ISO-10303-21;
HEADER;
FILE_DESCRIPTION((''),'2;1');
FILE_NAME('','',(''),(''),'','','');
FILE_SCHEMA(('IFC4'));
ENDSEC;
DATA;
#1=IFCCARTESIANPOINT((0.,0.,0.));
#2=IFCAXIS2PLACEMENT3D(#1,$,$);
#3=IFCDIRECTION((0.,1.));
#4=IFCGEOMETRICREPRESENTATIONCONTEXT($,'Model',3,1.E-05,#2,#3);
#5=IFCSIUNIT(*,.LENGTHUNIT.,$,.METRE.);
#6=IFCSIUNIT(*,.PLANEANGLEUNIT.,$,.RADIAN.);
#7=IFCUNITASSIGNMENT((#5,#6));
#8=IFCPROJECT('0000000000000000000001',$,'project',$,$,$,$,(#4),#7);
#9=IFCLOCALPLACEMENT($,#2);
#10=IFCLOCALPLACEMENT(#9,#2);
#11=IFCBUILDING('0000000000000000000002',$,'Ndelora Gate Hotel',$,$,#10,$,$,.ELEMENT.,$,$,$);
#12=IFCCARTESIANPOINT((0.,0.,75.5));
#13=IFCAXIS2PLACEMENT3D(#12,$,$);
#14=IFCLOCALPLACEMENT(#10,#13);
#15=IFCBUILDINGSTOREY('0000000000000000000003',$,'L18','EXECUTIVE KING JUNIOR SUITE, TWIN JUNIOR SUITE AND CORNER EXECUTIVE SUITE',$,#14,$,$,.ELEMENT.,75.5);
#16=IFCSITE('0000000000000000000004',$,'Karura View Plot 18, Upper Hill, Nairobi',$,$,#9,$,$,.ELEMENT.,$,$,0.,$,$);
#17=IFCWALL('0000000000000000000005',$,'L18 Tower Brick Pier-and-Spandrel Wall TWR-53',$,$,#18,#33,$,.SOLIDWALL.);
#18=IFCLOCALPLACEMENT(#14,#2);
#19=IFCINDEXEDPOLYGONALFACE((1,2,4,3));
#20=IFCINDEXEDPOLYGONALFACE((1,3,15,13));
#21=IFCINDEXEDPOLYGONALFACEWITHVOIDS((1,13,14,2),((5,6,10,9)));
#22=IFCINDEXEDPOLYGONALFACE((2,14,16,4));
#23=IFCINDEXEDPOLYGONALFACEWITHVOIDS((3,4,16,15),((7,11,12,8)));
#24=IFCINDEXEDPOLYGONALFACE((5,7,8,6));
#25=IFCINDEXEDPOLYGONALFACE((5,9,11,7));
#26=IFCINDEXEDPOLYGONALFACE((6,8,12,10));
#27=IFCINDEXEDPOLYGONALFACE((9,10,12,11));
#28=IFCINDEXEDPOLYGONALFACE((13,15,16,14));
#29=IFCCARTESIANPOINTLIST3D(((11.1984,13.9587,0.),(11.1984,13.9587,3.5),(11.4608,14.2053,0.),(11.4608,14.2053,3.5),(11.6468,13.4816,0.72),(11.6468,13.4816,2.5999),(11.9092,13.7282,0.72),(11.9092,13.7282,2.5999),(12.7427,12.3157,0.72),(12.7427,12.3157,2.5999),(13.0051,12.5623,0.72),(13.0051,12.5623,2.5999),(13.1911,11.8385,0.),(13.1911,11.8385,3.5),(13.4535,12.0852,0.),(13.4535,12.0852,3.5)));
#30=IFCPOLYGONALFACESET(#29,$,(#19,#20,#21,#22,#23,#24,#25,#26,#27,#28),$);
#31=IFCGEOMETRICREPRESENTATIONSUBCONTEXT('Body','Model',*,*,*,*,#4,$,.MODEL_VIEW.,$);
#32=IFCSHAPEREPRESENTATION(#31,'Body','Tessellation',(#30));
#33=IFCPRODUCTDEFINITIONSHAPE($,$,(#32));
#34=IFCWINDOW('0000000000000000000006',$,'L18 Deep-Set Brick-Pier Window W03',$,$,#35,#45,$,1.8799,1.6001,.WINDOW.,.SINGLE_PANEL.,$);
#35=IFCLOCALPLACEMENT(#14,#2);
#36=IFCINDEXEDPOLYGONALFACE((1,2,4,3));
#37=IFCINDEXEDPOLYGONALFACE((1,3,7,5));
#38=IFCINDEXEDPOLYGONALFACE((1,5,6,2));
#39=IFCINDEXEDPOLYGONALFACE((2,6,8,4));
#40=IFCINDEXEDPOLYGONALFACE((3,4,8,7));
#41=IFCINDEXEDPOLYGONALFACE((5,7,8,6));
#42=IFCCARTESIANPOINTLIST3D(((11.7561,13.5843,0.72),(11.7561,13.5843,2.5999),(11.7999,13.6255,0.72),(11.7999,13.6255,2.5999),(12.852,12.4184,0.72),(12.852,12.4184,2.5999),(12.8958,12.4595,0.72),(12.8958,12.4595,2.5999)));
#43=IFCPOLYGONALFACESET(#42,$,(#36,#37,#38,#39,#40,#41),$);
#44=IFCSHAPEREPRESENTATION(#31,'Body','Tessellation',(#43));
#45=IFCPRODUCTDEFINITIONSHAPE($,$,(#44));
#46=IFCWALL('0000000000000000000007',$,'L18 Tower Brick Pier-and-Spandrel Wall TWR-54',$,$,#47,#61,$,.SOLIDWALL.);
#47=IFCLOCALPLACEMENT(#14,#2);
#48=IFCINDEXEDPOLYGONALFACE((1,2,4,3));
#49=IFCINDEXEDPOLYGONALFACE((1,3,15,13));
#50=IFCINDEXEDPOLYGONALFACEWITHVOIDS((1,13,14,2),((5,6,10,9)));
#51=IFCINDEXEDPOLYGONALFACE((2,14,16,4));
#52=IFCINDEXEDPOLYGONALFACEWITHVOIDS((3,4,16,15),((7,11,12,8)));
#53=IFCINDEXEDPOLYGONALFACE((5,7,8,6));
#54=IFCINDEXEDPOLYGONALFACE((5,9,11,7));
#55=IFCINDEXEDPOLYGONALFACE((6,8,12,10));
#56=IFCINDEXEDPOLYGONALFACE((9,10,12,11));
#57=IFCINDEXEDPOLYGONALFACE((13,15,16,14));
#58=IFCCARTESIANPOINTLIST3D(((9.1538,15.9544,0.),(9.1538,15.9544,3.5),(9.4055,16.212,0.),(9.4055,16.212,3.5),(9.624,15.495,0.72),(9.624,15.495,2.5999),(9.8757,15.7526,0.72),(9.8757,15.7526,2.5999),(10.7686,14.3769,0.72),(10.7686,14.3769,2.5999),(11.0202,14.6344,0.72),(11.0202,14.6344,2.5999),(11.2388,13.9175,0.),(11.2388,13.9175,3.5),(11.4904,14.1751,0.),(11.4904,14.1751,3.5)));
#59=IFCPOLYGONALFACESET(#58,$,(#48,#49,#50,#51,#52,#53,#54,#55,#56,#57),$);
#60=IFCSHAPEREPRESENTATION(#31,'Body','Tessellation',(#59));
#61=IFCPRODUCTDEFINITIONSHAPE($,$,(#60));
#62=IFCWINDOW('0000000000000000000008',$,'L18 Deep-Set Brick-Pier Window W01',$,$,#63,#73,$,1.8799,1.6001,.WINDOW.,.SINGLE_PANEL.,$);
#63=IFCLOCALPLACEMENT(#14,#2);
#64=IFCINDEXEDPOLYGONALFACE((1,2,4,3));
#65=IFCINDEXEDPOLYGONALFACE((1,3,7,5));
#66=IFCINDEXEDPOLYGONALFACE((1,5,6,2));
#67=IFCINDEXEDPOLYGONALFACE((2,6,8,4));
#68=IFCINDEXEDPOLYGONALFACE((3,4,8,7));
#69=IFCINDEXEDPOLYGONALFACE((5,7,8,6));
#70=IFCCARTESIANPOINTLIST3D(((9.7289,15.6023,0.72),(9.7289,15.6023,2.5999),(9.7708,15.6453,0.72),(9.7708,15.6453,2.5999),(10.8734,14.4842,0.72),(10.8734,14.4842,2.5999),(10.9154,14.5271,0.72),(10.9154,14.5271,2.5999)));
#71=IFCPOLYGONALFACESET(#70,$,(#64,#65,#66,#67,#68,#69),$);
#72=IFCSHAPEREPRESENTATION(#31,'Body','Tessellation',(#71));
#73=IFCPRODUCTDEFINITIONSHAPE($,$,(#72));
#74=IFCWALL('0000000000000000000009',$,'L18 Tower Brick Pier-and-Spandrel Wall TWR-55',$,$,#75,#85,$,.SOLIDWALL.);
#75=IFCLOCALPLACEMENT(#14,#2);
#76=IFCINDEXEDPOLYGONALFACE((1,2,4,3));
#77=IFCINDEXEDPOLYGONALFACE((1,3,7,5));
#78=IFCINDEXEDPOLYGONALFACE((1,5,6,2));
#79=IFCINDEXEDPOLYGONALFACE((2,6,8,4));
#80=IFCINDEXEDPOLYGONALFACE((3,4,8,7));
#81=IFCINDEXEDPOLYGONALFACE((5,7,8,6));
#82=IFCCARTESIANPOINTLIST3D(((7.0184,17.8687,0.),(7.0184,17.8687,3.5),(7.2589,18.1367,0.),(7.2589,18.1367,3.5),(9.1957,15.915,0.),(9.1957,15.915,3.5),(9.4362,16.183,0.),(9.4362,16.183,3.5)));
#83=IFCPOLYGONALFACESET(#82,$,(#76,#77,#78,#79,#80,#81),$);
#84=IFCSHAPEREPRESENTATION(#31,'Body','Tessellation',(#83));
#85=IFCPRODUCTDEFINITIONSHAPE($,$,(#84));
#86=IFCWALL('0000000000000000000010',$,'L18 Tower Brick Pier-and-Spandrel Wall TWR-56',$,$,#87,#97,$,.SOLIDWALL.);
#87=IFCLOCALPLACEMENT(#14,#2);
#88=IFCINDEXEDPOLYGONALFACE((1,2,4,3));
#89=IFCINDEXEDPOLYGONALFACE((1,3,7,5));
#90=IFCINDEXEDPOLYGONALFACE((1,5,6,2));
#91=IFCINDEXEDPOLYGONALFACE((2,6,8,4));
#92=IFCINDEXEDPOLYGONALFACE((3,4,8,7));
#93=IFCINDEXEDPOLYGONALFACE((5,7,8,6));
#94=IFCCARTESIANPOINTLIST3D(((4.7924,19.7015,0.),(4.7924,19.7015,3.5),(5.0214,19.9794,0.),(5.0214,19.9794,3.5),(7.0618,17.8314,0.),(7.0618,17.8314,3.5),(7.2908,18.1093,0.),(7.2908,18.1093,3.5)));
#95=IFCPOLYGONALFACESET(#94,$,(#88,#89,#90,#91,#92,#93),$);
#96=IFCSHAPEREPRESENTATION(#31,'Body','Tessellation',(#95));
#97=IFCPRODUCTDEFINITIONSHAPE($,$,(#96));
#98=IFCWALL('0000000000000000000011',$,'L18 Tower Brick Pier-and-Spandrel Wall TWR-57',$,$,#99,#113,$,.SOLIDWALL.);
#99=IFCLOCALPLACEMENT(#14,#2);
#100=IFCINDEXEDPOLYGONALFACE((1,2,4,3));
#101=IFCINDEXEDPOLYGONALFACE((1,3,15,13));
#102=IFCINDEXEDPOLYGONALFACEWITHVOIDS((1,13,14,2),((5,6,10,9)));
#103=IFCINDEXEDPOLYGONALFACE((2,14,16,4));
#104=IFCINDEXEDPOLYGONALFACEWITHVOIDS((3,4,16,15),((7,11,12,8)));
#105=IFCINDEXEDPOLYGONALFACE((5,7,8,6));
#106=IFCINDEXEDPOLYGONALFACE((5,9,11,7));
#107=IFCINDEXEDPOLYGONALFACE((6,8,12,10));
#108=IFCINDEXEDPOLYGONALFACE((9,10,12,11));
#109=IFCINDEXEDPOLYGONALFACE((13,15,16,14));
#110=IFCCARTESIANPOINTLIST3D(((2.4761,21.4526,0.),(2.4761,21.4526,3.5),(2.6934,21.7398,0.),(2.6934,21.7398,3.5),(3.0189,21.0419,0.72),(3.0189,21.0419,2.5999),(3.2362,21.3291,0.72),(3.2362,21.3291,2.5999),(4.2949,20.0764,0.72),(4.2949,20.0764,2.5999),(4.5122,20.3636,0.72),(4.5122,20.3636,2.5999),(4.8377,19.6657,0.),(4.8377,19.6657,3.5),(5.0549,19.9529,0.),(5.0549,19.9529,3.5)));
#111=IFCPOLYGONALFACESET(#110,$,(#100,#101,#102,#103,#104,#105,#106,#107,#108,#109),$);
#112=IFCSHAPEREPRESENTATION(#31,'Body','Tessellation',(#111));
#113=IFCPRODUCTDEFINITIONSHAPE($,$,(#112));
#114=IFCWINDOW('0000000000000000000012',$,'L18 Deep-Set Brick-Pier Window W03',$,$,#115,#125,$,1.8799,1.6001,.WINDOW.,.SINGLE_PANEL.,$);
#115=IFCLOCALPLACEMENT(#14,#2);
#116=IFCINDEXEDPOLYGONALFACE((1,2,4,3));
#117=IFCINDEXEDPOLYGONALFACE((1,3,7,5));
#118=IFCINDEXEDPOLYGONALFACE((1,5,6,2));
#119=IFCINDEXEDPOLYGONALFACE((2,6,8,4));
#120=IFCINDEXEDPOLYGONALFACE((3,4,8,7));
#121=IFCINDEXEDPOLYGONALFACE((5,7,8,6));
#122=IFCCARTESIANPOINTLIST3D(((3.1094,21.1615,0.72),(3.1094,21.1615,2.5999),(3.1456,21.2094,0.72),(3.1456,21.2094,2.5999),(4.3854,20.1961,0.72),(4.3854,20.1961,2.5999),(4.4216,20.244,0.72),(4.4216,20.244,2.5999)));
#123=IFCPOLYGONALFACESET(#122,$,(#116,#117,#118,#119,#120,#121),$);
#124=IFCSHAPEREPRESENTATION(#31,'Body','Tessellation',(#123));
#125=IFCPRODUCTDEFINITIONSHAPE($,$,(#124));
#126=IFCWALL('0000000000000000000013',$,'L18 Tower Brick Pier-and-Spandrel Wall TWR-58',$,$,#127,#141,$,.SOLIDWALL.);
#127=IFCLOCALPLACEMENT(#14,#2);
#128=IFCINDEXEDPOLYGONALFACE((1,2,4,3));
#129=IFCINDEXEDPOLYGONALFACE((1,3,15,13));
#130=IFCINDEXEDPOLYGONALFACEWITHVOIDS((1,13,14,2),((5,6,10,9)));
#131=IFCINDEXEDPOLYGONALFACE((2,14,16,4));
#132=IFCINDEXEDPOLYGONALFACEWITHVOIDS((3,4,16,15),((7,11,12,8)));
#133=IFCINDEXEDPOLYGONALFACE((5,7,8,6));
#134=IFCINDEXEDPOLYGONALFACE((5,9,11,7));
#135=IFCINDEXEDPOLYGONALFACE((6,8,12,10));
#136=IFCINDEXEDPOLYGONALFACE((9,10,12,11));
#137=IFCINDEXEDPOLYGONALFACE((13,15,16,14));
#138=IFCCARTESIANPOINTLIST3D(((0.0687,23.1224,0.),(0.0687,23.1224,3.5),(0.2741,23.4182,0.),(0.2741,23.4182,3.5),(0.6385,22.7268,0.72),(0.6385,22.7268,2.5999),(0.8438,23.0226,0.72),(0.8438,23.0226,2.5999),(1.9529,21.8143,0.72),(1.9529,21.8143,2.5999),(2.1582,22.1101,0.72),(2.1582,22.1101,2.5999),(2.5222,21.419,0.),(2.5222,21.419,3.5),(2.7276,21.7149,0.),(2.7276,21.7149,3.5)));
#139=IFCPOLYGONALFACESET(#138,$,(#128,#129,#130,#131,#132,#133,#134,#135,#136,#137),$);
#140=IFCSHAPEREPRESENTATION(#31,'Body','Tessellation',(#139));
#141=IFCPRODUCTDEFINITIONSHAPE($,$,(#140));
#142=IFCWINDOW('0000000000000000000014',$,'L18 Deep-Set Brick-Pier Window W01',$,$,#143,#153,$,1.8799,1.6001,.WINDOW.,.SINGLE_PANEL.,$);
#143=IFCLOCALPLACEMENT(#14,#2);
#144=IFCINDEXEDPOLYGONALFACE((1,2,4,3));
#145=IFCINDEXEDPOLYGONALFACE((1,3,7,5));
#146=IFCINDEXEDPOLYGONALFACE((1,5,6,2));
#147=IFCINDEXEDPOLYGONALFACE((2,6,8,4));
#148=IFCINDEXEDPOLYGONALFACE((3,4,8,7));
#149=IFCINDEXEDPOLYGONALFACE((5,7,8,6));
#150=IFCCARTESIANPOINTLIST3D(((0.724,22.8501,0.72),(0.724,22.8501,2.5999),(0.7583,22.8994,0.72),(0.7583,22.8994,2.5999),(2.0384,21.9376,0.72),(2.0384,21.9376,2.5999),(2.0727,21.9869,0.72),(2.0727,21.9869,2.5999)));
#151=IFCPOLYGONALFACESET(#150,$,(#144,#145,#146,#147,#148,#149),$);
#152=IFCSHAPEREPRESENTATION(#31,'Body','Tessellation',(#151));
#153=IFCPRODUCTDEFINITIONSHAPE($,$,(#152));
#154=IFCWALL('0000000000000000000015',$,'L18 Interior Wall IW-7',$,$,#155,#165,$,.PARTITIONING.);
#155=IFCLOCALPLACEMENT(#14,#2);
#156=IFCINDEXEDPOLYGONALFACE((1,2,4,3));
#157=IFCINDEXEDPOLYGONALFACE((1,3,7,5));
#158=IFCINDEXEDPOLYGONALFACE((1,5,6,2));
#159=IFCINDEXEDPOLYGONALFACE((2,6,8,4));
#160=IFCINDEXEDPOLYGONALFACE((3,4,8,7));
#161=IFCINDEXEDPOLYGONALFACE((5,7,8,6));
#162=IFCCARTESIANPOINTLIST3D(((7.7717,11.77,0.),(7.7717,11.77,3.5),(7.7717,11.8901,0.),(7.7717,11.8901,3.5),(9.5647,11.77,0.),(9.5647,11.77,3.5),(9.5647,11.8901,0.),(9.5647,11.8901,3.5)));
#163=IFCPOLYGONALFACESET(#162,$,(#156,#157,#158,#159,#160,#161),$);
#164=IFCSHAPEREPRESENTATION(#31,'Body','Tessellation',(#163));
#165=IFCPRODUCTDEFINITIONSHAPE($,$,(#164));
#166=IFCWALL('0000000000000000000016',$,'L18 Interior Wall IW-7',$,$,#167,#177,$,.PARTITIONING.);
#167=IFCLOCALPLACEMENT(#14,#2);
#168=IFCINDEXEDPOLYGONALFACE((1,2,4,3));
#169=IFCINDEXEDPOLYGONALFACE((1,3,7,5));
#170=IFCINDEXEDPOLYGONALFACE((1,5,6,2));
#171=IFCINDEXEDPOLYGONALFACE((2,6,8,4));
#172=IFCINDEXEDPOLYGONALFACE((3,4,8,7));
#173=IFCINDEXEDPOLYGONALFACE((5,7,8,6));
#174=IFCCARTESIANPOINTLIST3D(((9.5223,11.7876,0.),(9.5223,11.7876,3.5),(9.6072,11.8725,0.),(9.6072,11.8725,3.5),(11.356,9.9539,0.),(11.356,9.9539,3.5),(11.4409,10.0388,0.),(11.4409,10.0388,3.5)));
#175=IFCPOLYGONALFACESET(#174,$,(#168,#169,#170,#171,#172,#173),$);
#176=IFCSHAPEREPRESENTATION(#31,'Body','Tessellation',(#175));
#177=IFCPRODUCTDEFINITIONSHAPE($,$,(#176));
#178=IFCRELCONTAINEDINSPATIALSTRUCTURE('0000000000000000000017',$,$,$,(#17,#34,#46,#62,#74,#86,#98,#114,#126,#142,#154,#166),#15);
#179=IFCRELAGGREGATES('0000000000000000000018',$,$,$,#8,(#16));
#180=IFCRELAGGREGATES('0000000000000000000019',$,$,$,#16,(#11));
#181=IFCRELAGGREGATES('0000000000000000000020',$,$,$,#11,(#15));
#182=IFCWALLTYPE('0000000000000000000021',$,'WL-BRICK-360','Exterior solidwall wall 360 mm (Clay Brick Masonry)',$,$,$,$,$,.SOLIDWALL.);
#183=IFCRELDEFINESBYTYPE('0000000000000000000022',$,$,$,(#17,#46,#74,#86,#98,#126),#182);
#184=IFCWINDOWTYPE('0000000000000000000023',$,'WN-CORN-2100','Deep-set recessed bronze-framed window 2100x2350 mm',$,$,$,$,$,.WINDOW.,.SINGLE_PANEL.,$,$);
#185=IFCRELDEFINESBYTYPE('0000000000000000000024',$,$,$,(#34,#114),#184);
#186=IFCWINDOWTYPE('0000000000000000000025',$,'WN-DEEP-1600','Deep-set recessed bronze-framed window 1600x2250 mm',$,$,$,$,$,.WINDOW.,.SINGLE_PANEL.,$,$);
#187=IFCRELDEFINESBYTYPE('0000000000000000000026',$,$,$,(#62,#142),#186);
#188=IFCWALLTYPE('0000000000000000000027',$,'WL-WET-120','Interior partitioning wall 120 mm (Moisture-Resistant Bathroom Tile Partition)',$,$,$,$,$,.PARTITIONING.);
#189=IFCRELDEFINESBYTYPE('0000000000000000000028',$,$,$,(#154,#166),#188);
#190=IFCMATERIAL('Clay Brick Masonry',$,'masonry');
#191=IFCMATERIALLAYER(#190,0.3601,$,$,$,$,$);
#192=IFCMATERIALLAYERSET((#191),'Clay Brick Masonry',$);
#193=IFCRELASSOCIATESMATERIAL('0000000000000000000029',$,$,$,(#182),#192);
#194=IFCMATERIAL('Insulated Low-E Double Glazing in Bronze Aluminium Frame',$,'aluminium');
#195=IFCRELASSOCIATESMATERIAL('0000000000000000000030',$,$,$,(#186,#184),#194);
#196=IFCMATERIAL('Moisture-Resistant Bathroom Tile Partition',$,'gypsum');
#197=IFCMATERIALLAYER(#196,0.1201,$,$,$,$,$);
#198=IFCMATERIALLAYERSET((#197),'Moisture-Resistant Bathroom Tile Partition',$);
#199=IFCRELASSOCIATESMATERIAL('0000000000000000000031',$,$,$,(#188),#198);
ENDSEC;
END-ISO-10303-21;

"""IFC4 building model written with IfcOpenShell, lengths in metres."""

from ifc_helpers import new_model, si_unit, direction, frame, frame_2d, origin, place, context, subcontext, project, spatial, rectangle, extrude, material, layer, layer_set, type_object, element, fill, save


model = new_model("IFC4")

# Units and contexts
model_context = context("Model", 3, precision=1e-05, world=origin(), true_north=direction((0.0, 1.0)))
body_context = subcontext(model_context, "Body", "Model", "MODEL_VIEW")
ifc_project = project(units=[si_unit("LENGTHUNIT", "METRE"), si_unit("PLANEANGLEUNIT", "RADIAN")], contexts=[model_context])

# Site, building, storey
site_placement = place(None, origin())
site = spatial("IfcSite", under=ifc_project, at=site_placement, Name="Karura View Plot 18, Upper Hill, Nairobi", CompositionType="ELEMENT", RefElevation=0.0)
building_placement = place(site_placement, origin())
building = spatial("IfcBuilding", under=site, at=building_placement, Name="Ndelora Gate Hotel", CompositionType="ELEMENT")
storey_placement = place(building_placement, frame((0.0, 0.0, 75.5)))
storey = spatial("IfcBuildingStorey", under=building, at=storey_placement, Name="L18", Description="EXECUTIVE KING JUNIOR SUITE, TWIN JUNIOR SUITE AND CORNER EXECUTIVE SUITE", CompositionType="ELEMENT", Elevation=75.5)

# Shared definitions
ifc_material_1 = material(Name="Clay Brick Masonry", Category="masonry")
ifc_layer_1 = layer(ifc_material_1, 0.3601)
ifc_layer_set_1 = layer_set([ifc_layer_1], Name="Clay Brick Masonry")
wall_type_1 = type_object("IfcWallType", Name="WL-BRICK-360", Description="Exterior solidwall wall 360 mm (Clay Brick Masonry)", PredefinedType="SOLIDWALL", material=ifc_layer_set_1)
ifc_material_2 = material(Name="Insulated Low-E Double Glazing in Bronze Aluminium Frame", Category="aluminium")
window_type_1 = type_object("IfcWindowType", Name="WN-DEEP-1600", Description="Deep-set recessed bronze-framed window 1600x2250 mm", PartitioningType="SINGLE_PANEL", PredefinedType="WINDOW", material=ifc_material_2)

# Walls, openings, windows
wall_1_placement = place(storey_placement, frame((11.3296, 14.082, 0.0), z_axis=(0.0, 0.0, 1.0), x_axis=(0.684867, -0.728668, 0.0)))
wall_1 = element("IfcWall", 1, at=wall_1_placement, inside=storey, type_object=wall_type_1, Name="L18 Tower Brick Pier-and-Spandrel Wall TWR-53", PredefinedType="SOLIDWALL", context=body_context, shape_type="SweptSolid", body=[
    extrude(rectangle(XDim=2.9097, YDim=0.3601, at=frame_2d((1.4548, 0.0))), origin(), (0.0, 0.0, 1.0), 3.5),
])
opening_1_placement = place(wall_1_placement, frame((0.6548, 0.0, 0.72)))
opening_1 = element("IfcOpeningElement", 2, at=opening_1_placement, cuts=wall_1, PredefinedType="OPENING", context=body_context, shape_type="SweptSolid", body=[
    extrude(rectangle(XDim=1.6001, YDim=1.8799, at=frame_2d((0.8, 0.9399))), frame((0.0, 0.1899, 0.0), z_axis=(0.0, -1.0, 0.0), x_axis=(1.0, 0.0, 0.0)), (0.0, 0.0, 1.0), 0.3801),
])
window_type_2 = type_object("IfcWindowType", Name="WN-CORN-2100", Description="Deep-set recessed bronze-framed window 2100x2350 mm", PartitioningType="SINGLE_PANEL", PredefinedType="WINDOW", material=ifc_material_2)
window_1_placement = place(opening_1_placement, origin())
window_1 = element("IfcWindow", 3, at=window_1_placement, inside=storey, type_object=window_type_2, Name="L18 Deep-Set Brick-Pier Window W03", OverallHeight=1.8799, OverallWidth=1.6001, PartitioningType="SINGLE_PANEL", PredefinedType="WINDOW", context=body_context, shape_type="SweptSolid", body=[
    extrude(rectangle(XDim=1.6001, YDim=1.8799, at=frame_2d((0.8, 0.9399))), frame((0.0, 0.03, 0.0), z_axis=(0.0, -1.0, 0.0), x_axis=(1.0, 0.0, 0.0)), (0.0, 0.0, 1.0), 0.0601),
])
fill(opening_1, window_1)
wall_2_placement = place(storey_placement, frame((9.2795, 16.0833, 0.0), z_axis=(0.0, 0.0, 1.0), x_axis=(0.715309, -0.698808, 0.0)))
wall_2 = element("IfcWall", 4, at=wall_2_placement, inside=storey, type_object=wall_type_1, Name="L18 Tower Brick Pier-and-Spandrel Wall TWR-54", PredefinedType="SOLIDWALL", context=body_context, shape_type="SweptSolid", body=[
    extrude(rectangle(XDim=2.9148, YDim=0.3601, at=frame_2d((1.4575, 0.0))), origin(), (0.0, 0.0, 1.0), 3.5),
])
opening_2_placement = place(wall_2_placement, frame((0.6575, 0.0, 0.72)))
opening_2 = element("IfcOpeningElement", 5, at=opening_2_placement, cuts=wall_2, PredefinedType="OPENING", context=body_context, shape_type="SweptSolid", body=[
    extrude(rectangle(XDim=1.6001, YDim=1.8799, at=frame_2d((0.8, 0.9399))), frame((0.0, 0.1899, 0.0), z_axis=(0.0, -1.0, 0.0), x_axis=(1.0, 0.0, 0.0)), (0.0, 0.0, 1.0), 0.3801),
])
window_2_placement = place(opening_2_placement, origin())
window_2 = element("IfcWindow", 6, at=window_2_placement, inside=storey, type_object=window_type_1, Name="L18 Deep-Set Brick-Pier Window W01", OverallHeight=1.8799, OverallWidth=1.6001, PartitioningType="SINGLE_PANEL", PredefinedType="WINDOW", context=body_context, shape_type="SweptSolid", body=[
    extrude(rectangle(XDim=1.6001, YDim=1.8799, at=frame_2d((0.8, 0.9399))), frame((0.0, 0.03, 0.0), z_axis=(0.0, -1.0, 0.0), x_axis=(1.0, 0.0, 0.0)), (0.0, 0.0, 1.0), 0.0601),
])
fill(opening_2, window_2)

# Walls
wall_3_placement = place(storey_placement, frame((7.1387, 18.0027, 0.0), z_axis=(0.0, 0.0, 1.0), x_axis=(0.744298, -0.667848, 0.0)))
element("IfcWall", 7, at=wall_3_placement, inside=storey, type_object=wall_type_1, Name="L18 Tower Brick Pier-and-Spandrel Wall TWR-55", PredefinedType="SOLIDWALL", context=body_context, shape_type="SweptSolid", body=[
    extrude(rectangle(XDim=2.9253, YDim=0.3601, at=frame_2d((1.4626, 0.0))), origin(), (0.0, 0.0, 1.0), 3.5),
])
wall_4_placement = place(storey_placement, frame((4.907, 19.8403, 0.0), z_axis=(0.0, 0.0, 1.0), x_axis=(0.771748, -0.635928, 0.0)))
element("IfcWall", 8, at=wall_4_placement, inside=storey, type_object=wall_type_1, Name="L18 Tower Brick Pier-and-Spandrel Wall TWR-56", PredefinedType="SOLIDWALL", context=body_context, shape_type="SweptSolid", body=[
    extrude(rectangle(XDim=2.9407, YDim=0.3601, at=frame_2d((1.4702, 0.0))), origin(), (0.0, 0.0, 1.0), 3.5),
])

# Walls, openings, windows
wall_5_placement = place(storey_placement, frame((2.5847, 21.5962, 0.0), z_axis=(0.0, 0.0, 1.0), x_axis=(0.79745, -0.603385, 0.0)))
wall_5 = element("IfcWall", 9, at=wall_5_placement, inside=storey, type_object=wall_type_1, Name="L18 Tower Brick Pier-and-Spandrel Wall TWR-57", PredefinedType="SOLIDWALL", context=body_context, shape_type="SweptSolid", body=[
    extrude(rectangle(XDim=2.9614, YDim=0.3601, at=frame_2d((1.4807, 0.0))), origin(), (0.0, 0.0, 1.0), 3.5),
])
opening_3_placement = place(wall_5_placement, frame((0.6807, 0.0, 0.72)))
opening_3 = element("IfcOpeningElement", 10, at=opening_3_placement, cuts=wall_5, PredefinedType="OPENING", context=body_context, shape_type="SweptSolid", body=[
    extrude(rectangle(XDim=1.6001, YDim=1.8799, at=frame_2d((0.8, 0.9399))), frame((0.0, 0.1899, 0.0), z_axis=(0.0, -1.0, 0.0), x_axis=(1.0, 0.0, 0.0)), (0.0, 0.0, 1.0), 0.3801),
])
window_3_placement = place(opening_3_placement, origin())
window_3 = element("IfcWindow", 11, at=window_3_placement, inside=storey, type_object=window_type_2, Name="L18 Deep-Set Brick-Pier Window W03", OverallHeight=1.8799, OverallWidth=1.6001, PartitioningType="SINGLE_PANEL", PredefinedType="WINDOW", context=body_context, shape_type="SweptSolid", body=[
    extrude(rectangle(XDim=1.6001, YDim=1.8799, at=frame_2d((0.8, 0.9399))), frame((0.0, 0.03, 0.0), z_axis=(0.0, -1.0, 0.0), x_axis=(1.0, 0.0, 0.0)), (0.0, 0.0, 1.0), 0.0601),
])
fill(opening_3, window_3)
wall_6_placement = place(storey_placement, frame((0.1714, 23.2703, 0.0), z_axis=(0.0, 0.0, 1.0), x_axis=(0.821453, -0.570276, 0.0)))
wall_6 = element("IfcWall", 12, at=wall_6_placement, inside=storey, type_object=wall_type_1, Name="L18 Tower Brick Pier-and-Spandrel Wall TWR-58", PredefinedType="SOLIDWALL", context=body_context, shape_type="SweptSolid", body=[
    extrude(rectangle(XDim=2.9868, YDim=0.3601, at=frame_2d((1.4934, 0.0))), origin(), (0.0, 0.0, 1.0), 3.5),
])
opening_4_placement = place(wall_6_placement, frame((0.6936, 0.0, 0.72)))
opening_4 = element("IfcOpeningElement", 13, at=opening_4_placement, cuts=wall_6, PredefinedType="OPENING", context=body_context, shape_type="SweptSolid", body=[
    extrude(rectangle(XDim=1.6001, YDim=1.8799, at=frame_2d((0.8, 0.9399))), frame((0.0, 0.1899, 0.0), z_axis=(0.0, -1.0, 0.0), x_axis=(1.0, 0.0, 0.0)), (0.0, 0.0, 1.0), 0.3801),
])
window_4_placement = place(opening_4_placement, origin())
window_4 = element("IfcWindow", 14, at=window_4_placement, inside=storey, type_object=window_type_1, Name="L18 Deep-Set Brick-Pier Window W01", OverallHeight=1.8799, OverallWidth=1.6001, PartitioningType="SINGLE_PANEL", PredefinedType="WINDOW", context=body_context, shape_type="SweptSolid", body=[
    extrude(rectangle(XDim=1.6001, YDim=1.8799, at=frame_2d((0.8, 0.9399))), frame((0.0, 0.03, 0.0), z_axis=(0.0, -1.0, 0.0), x_axis=(1.0, 0.0, 0.0)), (0.0, 0.0, 1.0), 0.0601),
])
fill(opening_4, window_4)

# Walls
ifc_material_3 = material(Name="Moisture-Resistant Bathroom Tile Partition", Category="gypsum")
ifc_layer_2 = layer(ifc_material_3, 0.1201)
ifc_layer_set_2 = layer_set([ifc_layer_2], Name="Moisture-Resistant Bathroom Tile Partition")
wall_type_2 = type_object("IfcWallType", Name="WL-WET-120", Description="Interior partitioning wall 120 mm (Moisture-Resistant Bathroom Tile Partition)", PredefinedType="PARTITIONING", material=ifc_layer_set_2)
wall_7_placement = place(storey_placement, frame((7.7717, 11.8301, 0.0), z_axis=(0.0, 0.0, 1.0), x_axis=(1.0, 0.0, 0.0)))
element("IfcWall", 15, at=wall_7_placement, inside=storey, type_object=wall_type_2, Name="L18 Interior Wall IW-7", PredefinedType="PARTITIONING", context=body_context, shape_type="SweptSolid", body=[
    extrude(rectangle(XDim=1.793, YDim=0.1201, at=frame_2d((0.8965, 0.0))), origin(), (0.0, 0.0, 1.0), 3.5),
])
wall_8_placement = place(storey_placement, frame((11.3984, 9.9963, 0.0), z_axis=(0.0, 0.0, 1.0), x_axis=(-0.707107, 0.707107, 0.0)))
element("IfcWall", 16, at=wall_8_placement, inside=storey, type_object=wall_type_2, Name="L18 Interior Wall IW-7", PredefinedType="PARTITIONING", context=body_context, shape_type="SweptSolid", body=[
    extrude(rectangle(XDim=2.5933, YDim=0.1201, at=frame_2d((1.2966, 0.0))), origin(), (0.0, 0.0, 1.0), 3.5),
])

save(model, "model.ifc")
